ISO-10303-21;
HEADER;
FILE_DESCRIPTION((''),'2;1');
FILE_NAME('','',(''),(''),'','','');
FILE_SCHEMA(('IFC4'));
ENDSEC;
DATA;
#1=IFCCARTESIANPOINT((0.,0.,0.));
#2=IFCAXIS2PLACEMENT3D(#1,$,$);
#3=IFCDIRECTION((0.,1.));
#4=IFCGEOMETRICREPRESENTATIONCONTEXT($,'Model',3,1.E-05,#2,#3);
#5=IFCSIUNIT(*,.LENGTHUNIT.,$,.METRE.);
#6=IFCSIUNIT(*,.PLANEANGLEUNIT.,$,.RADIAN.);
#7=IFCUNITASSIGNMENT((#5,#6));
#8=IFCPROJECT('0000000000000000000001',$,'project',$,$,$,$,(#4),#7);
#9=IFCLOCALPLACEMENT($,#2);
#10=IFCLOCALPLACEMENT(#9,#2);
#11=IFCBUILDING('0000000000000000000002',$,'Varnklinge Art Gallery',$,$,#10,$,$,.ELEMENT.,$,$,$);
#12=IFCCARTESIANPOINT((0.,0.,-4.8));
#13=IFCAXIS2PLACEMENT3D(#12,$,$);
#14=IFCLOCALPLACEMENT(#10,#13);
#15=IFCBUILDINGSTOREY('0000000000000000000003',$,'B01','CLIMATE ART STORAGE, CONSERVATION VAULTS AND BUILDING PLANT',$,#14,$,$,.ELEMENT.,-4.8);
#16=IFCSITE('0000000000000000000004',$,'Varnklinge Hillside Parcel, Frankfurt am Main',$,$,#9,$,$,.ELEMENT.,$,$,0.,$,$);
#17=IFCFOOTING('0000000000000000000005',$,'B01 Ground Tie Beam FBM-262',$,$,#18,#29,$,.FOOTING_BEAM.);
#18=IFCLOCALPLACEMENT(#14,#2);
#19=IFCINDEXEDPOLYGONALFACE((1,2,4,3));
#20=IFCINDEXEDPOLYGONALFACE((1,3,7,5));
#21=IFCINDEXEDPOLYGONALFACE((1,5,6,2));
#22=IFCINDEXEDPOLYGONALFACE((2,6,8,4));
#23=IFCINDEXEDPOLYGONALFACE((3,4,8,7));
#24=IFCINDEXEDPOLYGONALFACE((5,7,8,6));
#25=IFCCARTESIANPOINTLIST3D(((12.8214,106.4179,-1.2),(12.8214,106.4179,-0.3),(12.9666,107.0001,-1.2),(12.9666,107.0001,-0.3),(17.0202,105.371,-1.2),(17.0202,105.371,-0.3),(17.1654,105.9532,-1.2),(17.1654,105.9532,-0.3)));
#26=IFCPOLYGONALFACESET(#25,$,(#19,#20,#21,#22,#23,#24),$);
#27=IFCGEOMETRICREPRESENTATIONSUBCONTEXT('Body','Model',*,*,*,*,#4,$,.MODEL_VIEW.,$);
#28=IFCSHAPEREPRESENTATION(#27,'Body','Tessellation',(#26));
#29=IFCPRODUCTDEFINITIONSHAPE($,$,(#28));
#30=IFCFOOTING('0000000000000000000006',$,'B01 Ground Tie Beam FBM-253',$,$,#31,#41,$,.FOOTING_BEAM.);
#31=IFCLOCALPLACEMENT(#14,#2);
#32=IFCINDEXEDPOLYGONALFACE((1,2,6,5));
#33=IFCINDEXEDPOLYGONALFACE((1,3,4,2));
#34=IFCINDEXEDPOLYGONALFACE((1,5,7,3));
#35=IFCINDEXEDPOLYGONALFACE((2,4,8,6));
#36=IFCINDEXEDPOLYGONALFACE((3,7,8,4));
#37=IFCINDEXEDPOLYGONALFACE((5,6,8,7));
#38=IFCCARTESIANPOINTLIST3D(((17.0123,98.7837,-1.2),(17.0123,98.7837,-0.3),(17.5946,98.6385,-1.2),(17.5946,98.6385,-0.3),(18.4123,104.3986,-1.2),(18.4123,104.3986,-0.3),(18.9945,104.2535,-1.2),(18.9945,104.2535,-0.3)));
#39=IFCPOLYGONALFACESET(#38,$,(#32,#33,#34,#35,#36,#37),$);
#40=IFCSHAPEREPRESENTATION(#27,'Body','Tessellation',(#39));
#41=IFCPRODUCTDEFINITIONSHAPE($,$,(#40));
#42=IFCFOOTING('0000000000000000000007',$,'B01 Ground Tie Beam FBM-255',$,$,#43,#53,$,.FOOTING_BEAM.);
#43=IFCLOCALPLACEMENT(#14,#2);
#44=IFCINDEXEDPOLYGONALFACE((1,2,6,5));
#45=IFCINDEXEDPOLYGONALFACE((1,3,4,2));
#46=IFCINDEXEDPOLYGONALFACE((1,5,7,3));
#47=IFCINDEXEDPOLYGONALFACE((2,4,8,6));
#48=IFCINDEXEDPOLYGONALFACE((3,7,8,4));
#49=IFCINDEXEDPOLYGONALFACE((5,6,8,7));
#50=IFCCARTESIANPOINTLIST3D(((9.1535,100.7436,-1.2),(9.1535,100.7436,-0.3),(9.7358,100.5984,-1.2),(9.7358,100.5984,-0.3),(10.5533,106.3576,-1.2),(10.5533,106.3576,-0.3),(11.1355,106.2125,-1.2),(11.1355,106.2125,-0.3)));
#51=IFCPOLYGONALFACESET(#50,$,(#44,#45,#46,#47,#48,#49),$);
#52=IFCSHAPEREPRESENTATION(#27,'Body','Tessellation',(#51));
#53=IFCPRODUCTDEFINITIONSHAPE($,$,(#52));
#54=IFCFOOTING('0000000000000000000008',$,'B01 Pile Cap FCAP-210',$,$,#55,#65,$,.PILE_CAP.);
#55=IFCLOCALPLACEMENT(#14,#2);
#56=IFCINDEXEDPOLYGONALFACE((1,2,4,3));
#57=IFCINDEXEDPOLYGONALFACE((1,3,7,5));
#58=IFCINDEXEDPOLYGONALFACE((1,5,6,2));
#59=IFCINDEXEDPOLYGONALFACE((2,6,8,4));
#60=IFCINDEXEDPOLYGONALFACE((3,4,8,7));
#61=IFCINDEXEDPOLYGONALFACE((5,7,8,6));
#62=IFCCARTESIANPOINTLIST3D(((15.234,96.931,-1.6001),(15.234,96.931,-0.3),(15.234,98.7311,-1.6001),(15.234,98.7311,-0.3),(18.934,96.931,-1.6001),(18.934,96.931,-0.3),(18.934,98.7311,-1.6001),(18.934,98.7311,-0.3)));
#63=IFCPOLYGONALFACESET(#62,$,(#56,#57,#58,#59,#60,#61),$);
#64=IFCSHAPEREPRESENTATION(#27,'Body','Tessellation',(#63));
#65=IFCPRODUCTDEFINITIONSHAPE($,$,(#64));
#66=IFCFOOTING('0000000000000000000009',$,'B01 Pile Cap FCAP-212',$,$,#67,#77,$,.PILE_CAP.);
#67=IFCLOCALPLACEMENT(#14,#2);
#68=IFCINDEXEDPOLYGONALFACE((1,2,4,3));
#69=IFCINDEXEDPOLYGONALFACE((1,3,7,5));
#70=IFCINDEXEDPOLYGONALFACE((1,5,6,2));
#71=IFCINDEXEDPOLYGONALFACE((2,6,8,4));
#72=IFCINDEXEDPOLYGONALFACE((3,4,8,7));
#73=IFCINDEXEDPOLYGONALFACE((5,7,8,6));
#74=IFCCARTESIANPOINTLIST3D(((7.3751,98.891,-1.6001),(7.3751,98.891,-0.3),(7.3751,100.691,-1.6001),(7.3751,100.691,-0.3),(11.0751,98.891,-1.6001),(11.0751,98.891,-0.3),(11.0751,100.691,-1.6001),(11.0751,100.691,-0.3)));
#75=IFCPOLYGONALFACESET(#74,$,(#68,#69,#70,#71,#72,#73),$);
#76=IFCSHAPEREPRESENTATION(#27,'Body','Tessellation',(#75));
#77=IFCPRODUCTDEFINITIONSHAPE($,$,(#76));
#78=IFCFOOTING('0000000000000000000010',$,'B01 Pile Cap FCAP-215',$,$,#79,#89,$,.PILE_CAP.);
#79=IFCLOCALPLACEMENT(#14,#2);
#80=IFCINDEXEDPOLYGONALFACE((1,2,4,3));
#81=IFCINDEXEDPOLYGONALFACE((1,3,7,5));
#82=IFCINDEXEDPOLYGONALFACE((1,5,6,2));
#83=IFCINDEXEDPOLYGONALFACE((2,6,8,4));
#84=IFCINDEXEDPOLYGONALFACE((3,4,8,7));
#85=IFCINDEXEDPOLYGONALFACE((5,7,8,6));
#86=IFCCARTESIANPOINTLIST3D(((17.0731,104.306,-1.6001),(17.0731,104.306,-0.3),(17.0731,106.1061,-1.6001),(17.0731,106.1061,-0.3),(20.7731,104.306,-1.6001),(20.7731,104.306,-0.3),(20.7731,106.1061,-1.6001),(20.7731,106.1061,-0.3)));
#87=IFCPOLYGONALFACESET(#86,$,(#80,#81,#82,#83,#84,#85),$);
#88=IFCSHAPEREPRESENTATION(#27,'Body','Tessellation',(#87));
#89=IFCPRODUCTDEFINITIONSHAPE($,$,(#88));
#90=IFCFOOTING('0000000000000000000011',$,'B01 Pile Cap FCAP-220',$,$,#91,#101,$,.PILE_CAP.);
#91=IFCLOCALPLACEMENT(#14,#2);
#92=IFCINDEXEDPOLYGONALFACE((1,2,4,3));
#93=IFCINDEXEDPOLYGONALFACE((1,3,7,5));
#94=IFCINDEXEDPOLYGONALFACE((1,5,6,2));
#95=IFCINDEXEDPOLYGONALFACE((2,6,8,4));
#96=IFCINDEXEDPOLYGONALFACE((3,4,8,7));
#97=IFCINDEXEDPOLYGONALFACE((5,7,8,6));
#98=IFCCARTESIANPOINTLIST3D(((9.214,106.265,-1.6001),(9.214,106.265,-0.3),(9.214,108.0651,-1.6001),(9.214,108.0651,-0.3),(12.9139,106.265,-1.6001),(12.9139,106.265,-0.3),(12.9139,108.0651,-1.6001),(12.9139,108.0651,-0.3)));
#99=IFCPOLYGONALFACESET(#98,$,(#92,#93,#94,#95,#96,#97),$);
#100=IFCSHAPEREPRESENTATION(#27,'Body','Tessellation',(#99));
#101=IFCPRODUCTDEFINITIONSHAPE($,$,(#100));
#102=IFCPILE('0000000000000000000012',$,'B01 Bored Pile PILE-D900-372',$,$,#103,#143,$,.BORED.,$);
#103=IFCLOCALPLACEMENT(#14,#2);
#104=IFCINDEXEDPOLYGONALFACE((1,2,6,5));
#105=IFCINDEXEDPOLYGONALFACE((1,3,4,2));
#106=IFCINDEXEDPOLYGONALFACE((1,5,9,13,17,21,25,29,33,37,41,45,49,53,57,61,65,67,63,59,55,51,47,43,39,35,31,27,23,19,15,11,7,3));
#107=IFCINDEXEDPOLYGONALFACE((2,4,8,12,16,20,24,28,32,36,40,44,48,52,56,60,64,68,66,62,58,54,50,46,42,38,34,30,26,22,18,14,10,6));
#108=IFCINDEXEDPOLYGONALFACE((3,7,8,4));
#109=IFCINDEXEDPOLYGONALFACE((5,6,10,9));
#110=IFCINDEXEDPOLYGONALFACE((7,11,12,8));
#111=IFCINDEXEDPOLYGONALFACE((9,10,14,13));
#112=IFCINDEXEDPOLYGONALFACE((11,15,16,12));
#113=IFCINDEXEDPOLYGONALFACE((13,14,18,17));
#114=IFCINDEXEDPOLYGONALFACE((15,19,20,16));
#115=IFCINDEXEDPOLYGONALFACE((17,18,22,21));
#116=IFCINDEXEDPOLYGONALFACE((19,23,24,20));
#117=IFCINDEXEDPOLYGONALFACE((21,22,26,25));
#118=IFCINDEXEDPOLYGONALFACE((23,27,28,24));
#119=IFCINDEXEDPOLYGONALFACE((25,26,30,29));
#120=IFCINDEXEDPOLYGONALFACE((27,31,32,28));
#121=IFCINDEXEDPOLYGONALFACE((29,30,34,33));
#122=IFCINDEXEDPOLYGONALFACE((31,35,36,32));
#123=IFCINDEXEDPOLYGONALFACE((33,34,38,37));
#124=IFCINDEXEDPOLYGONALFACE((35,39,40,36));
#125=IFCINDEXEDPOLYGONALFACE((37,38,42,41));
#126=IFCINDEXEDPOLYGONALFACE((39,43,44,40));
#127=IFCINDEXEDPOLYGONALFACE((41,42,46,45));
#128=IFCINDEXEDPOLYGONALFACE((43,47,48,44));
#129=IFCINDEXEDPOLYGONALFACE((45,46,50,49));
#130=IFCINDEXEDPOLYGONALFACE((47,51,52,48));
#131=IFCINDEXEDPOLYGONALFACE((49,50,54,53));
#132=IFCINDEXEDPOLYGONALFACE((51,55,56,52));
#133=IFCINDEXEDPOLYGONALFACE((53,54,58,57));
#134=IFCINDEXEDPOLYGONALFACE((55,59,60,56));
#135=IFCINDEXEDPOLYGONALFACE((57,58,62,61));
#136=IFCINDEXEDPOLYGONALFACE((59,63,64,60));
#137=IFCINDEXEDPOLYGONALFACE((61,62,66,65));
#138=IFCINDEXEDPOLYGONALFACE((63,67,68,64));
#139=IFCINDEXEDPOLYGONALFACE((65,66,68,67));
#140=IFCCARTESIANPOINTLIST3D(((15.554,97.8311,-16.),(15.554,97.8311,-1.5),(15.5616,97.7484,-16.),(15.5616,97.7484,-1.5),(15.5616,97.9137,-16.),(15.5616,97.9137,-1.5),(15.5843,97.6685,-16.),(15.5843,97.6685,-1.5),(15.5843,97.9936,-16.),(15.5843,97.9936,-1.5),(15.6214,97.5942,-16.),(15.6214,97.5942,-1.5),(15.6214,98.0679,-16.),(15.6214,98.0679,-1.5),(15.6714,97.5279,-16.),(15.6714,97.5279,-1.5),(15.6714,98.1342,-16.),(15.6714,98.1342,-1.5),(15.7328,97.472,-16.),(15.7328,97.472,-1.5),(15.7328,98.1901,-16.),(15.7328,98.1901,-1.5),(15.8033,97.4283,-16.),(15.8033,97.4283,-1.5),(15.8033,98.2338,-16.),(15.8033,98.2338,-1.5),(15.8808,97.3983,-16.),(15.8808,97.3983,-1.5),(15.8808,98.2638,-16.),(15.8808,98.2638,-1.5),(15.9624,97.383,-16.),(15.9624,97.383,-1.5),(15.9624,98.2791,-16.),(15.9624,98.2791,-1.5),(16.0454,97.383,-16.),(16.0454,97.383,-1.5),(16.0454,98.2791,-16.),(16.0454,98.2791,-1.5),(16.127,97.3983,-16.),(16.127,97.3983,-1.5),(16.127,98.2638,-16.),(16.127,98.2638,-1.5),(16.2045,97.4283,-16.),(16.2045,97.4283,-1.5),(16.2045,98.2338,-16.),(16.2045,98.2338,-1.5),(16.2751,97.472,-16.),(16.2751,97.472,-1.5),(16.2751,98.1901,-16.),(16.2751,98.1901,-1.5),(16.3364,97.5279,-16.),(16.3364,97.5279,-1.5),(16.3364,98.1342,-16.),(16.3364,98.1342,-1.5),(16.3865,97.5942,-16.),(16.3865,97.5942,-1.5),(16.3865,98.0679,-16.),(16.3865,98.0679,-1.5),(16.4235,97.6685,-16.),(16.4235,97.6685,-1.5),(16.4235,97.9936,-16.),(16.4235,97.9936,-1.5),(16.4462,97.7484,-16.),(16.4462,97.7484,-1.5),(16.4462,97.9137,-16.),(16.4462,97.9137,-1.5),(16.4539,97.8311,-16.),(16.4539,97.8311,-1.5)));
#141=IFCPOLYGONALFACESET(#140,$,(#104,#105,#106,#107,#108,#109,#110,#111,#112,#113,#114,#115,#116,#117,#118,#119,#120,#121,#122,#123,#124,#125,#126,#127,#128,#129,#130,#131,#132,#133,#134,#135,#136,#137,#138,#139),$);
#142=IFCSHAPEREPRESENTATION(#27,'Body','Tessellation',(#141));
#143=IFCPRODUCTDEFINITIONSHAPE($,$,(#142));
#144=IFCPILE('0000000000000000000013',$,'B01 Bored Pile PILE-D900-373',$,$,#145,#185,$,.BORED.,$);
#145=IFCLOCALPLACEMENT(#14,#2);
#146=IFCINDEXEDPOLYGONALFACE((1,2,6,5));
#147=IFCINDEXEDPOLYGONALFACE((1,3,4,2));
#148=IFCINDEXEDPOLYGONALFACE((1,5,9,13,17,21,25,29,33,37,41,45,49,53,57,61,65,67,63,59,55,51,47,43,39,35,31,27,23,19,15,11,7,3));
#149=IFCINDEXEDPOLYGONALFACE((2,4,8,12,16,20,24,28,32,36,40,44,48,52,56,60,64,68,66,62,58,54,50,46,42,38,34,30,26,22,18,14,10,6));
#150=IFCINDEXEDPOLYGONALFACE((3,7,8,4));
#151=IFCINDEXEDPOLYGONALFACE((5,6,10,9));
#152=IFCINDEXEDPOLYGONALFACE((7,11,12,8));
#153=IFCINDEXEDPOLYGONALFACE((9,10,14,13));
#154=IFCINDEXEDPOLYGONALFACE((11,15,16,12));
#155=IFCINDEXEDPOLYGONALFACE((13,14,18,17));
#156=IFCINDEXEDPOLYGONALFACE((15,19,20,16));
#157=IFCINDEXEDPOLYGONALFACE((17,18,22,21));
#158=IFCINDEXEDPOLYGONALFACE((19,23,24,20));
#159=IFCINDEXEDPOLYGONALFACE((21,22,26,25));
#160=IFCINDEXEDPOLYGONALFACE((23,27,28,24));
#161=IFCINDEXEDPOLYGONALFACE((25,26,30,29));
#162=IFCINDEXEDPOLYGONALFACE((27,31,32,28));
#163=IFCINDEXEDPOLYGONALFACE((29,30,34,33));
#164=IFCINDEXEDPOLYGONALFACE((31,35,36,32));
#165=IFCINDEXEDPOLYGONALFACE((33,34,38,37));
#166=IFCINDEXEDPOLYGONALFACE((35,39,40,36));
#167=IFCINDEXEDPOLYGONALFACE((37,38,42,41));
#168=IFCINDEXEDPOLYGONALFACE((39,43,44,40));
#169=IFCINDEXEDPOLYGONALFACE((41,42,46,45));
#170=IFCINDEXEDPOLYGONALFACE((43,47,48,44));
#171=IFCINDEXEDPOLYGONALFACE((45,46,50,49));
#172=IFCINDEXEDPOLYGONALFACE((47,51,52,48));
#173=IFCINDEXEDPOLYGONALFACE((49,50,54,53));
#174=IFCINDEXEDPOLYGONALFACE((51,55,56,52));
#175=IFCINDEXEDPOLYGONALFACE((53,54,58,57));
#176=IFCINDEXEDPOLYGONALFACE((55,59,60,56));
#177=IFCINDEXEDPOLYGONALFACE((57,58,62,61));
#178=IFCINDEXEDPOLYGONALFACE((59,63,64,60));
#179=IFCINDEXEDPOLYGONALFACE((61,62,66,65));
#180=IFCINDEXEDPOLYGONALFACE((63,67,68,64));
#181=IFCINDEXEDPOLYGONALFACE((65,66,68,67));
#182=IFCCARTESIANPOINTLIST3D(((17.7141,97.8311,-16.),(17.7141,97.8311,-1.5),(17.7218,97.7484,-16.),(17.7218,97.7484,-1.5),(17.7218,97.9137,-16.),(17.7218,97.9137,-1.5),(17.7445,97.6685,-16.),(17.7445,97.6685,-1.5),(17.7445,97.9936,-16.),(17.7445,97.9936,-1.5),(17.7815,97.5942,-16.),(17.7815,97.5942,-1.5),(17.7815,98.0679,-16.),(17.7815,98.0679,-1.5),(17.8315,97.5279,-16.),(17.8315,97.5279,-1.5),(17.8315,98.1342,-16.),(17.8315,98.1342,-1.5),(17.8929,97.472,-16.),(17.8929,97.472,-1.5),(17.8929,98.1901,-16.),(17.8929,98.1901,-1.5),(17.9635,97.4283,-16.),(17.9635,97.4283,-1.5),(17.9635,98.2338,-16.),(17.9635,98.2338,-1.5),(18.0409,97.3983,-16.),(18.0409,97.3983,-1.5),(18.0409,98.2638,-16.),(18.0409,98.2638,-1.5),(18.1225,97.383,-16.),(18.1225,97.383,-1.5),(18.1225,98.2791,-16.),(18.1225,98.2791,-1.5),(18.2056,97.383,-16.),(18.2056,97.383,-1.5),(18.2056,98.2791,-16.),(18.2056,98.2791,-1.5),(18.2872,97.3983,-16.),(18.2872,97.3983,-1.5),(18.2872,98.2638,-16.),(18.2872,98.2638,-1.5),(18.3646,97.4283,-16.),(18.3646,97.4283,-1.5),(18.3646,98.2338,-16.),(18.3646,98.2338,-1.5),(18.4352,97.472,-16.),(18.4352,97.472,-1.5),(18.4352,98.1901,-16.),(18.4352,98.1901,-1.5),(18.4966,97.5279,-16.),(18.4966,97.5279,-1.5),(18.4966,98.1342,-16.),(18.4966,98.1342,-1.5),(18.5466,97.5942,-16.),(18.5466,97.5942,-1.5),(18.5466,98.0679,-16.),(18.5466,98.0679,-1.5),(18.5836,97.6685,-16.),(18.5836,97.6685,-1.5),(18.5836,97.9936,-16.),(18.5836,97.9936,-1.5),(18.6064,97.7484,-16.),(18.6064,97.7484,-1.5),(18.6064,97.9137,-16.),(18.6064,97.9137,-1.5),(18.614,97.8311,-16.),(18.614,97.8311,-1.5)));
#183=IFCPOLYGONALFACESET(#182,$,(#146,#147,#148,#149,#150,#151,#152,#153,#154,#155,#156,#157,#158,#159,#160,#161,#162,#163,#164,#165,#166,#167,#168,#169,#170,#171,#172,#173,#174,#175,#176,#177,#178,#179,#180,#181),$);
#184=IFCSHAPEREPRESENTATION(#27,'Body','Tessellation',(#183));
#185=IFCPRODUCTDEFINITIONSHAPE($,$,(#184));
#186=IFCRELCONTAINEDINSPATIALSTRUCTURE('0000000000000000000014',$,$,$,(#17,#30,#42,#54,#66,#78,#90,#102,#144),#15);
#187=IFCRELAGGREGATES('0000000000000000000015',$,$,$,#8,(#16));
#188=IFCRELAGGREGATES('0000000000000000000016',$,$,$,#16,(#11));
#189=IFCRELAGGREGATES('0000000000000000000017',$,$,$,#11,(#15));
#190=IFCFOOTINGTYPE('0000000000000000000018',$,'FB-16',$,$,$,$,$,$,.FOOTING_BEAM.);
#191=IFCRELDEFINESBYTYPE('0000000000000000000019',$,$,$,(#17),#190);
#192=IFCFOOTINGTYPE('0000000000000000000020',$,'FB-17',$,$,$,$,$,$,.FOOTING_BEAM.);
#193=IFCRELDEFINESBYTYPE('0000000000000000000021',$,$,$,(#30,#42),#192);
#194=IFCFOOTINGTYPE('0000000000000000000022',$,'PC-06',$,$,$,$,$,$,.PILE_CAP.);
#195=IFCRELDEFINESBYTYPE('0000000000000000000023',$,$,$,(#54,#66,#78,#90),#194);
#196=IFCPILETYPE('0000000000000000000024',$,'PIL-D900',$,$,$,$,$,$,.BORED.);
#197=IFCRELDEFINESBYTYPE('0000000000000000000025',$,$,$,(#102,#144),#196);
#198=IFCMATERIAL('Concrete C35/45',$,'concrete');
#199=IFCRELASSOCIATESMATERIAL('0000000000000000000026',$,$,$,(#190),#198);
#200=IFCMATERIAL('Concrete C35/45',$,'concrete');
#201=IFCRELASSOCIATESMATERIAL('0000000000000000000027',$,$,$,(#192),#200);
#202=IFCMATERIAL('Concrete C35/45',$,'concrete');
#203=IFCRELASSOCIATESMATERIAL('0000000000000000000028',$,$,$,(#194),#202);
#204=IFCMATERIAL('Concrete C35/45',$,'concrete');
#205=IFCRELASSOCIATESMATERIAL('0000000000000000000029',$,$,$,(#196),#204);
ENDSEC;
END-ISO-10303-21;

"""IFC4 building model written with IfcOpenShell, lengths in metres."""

from ifc_helpers import new_model, si_unit, direction, frame, origin, origin_2d, place, context, subcontext, project, spatial, rectangle, circle, extrude, material, material_profile, profile_set, type_object, element, save


model = new_model("IFC4")

# Units and contexts
model_context = context("Model", 3, precision=1e-05, world=origin(), true_north=direction((0.0, 1.0)))
body_context = subcontext(model_context, "Body", "Model", "MODEL_VIEW")
ifc_project = project(units=[si_unit("LENGTHUNIT", "METRE"), si_unit("PLANEANGLEUNIT", "RADIAN")], contexts=[model_context])

# Site, building, storey
site_placement = place(None, origin())
site = spatial("IfcSite", under=ifc_project, at=site_placement, Name="Varnklinge Hillside Parcel, Frankfurt am Main", CompositionType="ELEMENT", RefElevation=0.0)
building_placement = place(site_placement, origin())
building = spatial("IfcBuilding", under=site, at=building_placement, Name="Varnklinge Art Gallery", CompositionType="ELEMENT")
storey_placement = place(building_placement, frame((0.0, 0.0, -4.8)))
storey = spatial("IfcBuildingStorey", under=building, at=storey_placement, Name="B01", Description="CLIMATE ART STORAGE, CONSERVATION VAULTS AND BUILDING PLANT", CompositionType="ELEMENT", Elevation=-4.8)

# Footings
ifc_material_1 = material(Name="Concrete C35/45", Category="concrete")
footing_type_1 = type_object("IfcFootingType", Name="FB-16", PredefinedType="FOOTING_BEAM", material=ifc_material_1)
footing_1_placement = place(storey_placement, frame((14.9934, 106.1855, -1.2), z_axis=(0.0, 0.0, 1.0), x_axis=(0.970296, -0.241922, 0.0)))
element("IfcFooting", 1, at=footing_1_placement, inside=storey, type_object=footing_type_1, Name="B01 Ground Tie Beam FBM-262", PredefinedType="FOOTING_BEAM", context=body_context, shape_type="SweptSolid", body=[
    extrude(rectangle(XDim=4.3274, YDim=0.6001, at=origin_2d()), origin(), (0.0, 0.0, 1.0), 0.8999),
])
ifc_material_2 = material(Name="Concrete C35/45", Category="concrete")
footing_type_2 = type_object("IfcFootingType", Name="FB-17", PredefinedType="FOOTING_BEAM", material=ifc_material_2)
footing_2_placement = place(storey_placement, frame((18.0034, 101.5186, -1.2), z_axis=(0.0, 0.0, 1.0), x_axis=(0.241922, 0.970296, 0.0)))
element("IfcFooting", 2, at=footing_2_placement, inside=storey, type_object=footing_type_2, Name="B01 Ground Tie Beam FBM-253", PredefinedType="FOOTING_BEAM", context=body_context, shape_type="SweptSolid", body=[
    extrude(rectangle(XDim=5.7869, YDim=0.6001, at=origin_2d()), origin(), (0.0, 0.0, 1.0), 0.8999),
])
footing_3_placement = place(storey_placement, frame((10.1445, 103.478, -1.2), z_axis=(0.0, 0.0, 1.0), x_axis=(0.241922, 0.970296, 0.0)))
element("IfcFooting", 3, at=footing_3_placement, inside=storey, type_object=footing_type_2, Name="B01 Ground Tie Beam FBM-255", PredefinedType="FOOTING_BEAM", context=body_context, shape_type="SweptSolid", body=[
    extrude(rectangle(XDim=5.7859, YDim=0.6001, at=origin_2d()), origin(), (0.0, 0.0, 1.0), 0.8999),
])
ifc_material_3 = material(Name="Concrete C35/45", Category="concrete")
footing_type_3 = type_object("IfcFootingType", Name="PC-06", PredefinedType="PILE_CAP", material=ifc_material_3)
for number, where, z_axis, x_axis, name in (
    (4, (17.084, 97.8311, -1.6001), (0.0, 0.0, 1.0), (1.0, 0.0, 0.0), "B01 Pile Cap FCAP-210"),
    (5, (9.2251, 99.791, -1.6001), (0.0, 0.0, 1.0), (1.0, 0.0, 0.0), "B01 Pile Cap FCAP-212"),
    (6, (18.9231, 105.2061, -1.6001), (0.0, 0.0, 1.0), (1.0, 0.0, 0.0), "B01 Pile Cap FCAP-215"),
    (7, (11.064, 107.165, -1.6001), (0.0, 0.0, 1.0), (1.0, 0.0, 0.0), "B01 Pile Cap FCAP-220"),
):
    element("IfcFooting", number, at=place(storey_placement, frame(where, z_axis=z_axis, x_axis=x_axis)), inside=storey, type_object=footing_type_3, Name=name, PredefinedType="PILE_CAP", context=body_context, shape_type="SweptSolid", body=[
        extrude(rectangle(XDim=3.7, YDim=1.8, at=origin_2d()), origin(), (0.0, 0.0, 1.0), 1.3),
    ])

# Piles
ifc_material_4 = material(Name="Concrete C35/45", Category="concrete")
ifc_material_profile_1 = material_profile(ifc_material_4, circle(Radius=0.45, at=origin_2d()), Name="PILE D900")
ifc_profile_set_1 = profile_set([ifc_material_profile_1], Name="Concrete C35/45")
pile_type = type_object("IfcPileType", Name="PIL-D900", PredefinedType="BORED", material=ifc_profile_set_1)
for number, where, z_axis, x_axis, name in (
    (8, (16.0039, 97.8311, -1.5), (0.0, 0.0, -1.0), (1.0, 0.0, 0.0), "B01 Bored Pile PILE-D900-372"),
    (9, (18.1641, 97.8311, -1.5), (0.0, 0.0, -1.0), (1.0, 0.0, 0.0), "B01 Bored Pile PILE-D900-373"),
):
    element("IfcPile", number, at=place(storey_placement, frame(where, z_axis=z_axis, x_axis=x_axis)), inside=storey, type_object=pile_type, Name=name, PredefinedType="BORED", context=body_context, shape_type="SweptSolid", body=[
        extrude(circle(Radius=0.45, at=origin_2d()), origin(), (0.0, 0.0, 1.0), 14.5),
    ])

save(model, "model.ifc")
